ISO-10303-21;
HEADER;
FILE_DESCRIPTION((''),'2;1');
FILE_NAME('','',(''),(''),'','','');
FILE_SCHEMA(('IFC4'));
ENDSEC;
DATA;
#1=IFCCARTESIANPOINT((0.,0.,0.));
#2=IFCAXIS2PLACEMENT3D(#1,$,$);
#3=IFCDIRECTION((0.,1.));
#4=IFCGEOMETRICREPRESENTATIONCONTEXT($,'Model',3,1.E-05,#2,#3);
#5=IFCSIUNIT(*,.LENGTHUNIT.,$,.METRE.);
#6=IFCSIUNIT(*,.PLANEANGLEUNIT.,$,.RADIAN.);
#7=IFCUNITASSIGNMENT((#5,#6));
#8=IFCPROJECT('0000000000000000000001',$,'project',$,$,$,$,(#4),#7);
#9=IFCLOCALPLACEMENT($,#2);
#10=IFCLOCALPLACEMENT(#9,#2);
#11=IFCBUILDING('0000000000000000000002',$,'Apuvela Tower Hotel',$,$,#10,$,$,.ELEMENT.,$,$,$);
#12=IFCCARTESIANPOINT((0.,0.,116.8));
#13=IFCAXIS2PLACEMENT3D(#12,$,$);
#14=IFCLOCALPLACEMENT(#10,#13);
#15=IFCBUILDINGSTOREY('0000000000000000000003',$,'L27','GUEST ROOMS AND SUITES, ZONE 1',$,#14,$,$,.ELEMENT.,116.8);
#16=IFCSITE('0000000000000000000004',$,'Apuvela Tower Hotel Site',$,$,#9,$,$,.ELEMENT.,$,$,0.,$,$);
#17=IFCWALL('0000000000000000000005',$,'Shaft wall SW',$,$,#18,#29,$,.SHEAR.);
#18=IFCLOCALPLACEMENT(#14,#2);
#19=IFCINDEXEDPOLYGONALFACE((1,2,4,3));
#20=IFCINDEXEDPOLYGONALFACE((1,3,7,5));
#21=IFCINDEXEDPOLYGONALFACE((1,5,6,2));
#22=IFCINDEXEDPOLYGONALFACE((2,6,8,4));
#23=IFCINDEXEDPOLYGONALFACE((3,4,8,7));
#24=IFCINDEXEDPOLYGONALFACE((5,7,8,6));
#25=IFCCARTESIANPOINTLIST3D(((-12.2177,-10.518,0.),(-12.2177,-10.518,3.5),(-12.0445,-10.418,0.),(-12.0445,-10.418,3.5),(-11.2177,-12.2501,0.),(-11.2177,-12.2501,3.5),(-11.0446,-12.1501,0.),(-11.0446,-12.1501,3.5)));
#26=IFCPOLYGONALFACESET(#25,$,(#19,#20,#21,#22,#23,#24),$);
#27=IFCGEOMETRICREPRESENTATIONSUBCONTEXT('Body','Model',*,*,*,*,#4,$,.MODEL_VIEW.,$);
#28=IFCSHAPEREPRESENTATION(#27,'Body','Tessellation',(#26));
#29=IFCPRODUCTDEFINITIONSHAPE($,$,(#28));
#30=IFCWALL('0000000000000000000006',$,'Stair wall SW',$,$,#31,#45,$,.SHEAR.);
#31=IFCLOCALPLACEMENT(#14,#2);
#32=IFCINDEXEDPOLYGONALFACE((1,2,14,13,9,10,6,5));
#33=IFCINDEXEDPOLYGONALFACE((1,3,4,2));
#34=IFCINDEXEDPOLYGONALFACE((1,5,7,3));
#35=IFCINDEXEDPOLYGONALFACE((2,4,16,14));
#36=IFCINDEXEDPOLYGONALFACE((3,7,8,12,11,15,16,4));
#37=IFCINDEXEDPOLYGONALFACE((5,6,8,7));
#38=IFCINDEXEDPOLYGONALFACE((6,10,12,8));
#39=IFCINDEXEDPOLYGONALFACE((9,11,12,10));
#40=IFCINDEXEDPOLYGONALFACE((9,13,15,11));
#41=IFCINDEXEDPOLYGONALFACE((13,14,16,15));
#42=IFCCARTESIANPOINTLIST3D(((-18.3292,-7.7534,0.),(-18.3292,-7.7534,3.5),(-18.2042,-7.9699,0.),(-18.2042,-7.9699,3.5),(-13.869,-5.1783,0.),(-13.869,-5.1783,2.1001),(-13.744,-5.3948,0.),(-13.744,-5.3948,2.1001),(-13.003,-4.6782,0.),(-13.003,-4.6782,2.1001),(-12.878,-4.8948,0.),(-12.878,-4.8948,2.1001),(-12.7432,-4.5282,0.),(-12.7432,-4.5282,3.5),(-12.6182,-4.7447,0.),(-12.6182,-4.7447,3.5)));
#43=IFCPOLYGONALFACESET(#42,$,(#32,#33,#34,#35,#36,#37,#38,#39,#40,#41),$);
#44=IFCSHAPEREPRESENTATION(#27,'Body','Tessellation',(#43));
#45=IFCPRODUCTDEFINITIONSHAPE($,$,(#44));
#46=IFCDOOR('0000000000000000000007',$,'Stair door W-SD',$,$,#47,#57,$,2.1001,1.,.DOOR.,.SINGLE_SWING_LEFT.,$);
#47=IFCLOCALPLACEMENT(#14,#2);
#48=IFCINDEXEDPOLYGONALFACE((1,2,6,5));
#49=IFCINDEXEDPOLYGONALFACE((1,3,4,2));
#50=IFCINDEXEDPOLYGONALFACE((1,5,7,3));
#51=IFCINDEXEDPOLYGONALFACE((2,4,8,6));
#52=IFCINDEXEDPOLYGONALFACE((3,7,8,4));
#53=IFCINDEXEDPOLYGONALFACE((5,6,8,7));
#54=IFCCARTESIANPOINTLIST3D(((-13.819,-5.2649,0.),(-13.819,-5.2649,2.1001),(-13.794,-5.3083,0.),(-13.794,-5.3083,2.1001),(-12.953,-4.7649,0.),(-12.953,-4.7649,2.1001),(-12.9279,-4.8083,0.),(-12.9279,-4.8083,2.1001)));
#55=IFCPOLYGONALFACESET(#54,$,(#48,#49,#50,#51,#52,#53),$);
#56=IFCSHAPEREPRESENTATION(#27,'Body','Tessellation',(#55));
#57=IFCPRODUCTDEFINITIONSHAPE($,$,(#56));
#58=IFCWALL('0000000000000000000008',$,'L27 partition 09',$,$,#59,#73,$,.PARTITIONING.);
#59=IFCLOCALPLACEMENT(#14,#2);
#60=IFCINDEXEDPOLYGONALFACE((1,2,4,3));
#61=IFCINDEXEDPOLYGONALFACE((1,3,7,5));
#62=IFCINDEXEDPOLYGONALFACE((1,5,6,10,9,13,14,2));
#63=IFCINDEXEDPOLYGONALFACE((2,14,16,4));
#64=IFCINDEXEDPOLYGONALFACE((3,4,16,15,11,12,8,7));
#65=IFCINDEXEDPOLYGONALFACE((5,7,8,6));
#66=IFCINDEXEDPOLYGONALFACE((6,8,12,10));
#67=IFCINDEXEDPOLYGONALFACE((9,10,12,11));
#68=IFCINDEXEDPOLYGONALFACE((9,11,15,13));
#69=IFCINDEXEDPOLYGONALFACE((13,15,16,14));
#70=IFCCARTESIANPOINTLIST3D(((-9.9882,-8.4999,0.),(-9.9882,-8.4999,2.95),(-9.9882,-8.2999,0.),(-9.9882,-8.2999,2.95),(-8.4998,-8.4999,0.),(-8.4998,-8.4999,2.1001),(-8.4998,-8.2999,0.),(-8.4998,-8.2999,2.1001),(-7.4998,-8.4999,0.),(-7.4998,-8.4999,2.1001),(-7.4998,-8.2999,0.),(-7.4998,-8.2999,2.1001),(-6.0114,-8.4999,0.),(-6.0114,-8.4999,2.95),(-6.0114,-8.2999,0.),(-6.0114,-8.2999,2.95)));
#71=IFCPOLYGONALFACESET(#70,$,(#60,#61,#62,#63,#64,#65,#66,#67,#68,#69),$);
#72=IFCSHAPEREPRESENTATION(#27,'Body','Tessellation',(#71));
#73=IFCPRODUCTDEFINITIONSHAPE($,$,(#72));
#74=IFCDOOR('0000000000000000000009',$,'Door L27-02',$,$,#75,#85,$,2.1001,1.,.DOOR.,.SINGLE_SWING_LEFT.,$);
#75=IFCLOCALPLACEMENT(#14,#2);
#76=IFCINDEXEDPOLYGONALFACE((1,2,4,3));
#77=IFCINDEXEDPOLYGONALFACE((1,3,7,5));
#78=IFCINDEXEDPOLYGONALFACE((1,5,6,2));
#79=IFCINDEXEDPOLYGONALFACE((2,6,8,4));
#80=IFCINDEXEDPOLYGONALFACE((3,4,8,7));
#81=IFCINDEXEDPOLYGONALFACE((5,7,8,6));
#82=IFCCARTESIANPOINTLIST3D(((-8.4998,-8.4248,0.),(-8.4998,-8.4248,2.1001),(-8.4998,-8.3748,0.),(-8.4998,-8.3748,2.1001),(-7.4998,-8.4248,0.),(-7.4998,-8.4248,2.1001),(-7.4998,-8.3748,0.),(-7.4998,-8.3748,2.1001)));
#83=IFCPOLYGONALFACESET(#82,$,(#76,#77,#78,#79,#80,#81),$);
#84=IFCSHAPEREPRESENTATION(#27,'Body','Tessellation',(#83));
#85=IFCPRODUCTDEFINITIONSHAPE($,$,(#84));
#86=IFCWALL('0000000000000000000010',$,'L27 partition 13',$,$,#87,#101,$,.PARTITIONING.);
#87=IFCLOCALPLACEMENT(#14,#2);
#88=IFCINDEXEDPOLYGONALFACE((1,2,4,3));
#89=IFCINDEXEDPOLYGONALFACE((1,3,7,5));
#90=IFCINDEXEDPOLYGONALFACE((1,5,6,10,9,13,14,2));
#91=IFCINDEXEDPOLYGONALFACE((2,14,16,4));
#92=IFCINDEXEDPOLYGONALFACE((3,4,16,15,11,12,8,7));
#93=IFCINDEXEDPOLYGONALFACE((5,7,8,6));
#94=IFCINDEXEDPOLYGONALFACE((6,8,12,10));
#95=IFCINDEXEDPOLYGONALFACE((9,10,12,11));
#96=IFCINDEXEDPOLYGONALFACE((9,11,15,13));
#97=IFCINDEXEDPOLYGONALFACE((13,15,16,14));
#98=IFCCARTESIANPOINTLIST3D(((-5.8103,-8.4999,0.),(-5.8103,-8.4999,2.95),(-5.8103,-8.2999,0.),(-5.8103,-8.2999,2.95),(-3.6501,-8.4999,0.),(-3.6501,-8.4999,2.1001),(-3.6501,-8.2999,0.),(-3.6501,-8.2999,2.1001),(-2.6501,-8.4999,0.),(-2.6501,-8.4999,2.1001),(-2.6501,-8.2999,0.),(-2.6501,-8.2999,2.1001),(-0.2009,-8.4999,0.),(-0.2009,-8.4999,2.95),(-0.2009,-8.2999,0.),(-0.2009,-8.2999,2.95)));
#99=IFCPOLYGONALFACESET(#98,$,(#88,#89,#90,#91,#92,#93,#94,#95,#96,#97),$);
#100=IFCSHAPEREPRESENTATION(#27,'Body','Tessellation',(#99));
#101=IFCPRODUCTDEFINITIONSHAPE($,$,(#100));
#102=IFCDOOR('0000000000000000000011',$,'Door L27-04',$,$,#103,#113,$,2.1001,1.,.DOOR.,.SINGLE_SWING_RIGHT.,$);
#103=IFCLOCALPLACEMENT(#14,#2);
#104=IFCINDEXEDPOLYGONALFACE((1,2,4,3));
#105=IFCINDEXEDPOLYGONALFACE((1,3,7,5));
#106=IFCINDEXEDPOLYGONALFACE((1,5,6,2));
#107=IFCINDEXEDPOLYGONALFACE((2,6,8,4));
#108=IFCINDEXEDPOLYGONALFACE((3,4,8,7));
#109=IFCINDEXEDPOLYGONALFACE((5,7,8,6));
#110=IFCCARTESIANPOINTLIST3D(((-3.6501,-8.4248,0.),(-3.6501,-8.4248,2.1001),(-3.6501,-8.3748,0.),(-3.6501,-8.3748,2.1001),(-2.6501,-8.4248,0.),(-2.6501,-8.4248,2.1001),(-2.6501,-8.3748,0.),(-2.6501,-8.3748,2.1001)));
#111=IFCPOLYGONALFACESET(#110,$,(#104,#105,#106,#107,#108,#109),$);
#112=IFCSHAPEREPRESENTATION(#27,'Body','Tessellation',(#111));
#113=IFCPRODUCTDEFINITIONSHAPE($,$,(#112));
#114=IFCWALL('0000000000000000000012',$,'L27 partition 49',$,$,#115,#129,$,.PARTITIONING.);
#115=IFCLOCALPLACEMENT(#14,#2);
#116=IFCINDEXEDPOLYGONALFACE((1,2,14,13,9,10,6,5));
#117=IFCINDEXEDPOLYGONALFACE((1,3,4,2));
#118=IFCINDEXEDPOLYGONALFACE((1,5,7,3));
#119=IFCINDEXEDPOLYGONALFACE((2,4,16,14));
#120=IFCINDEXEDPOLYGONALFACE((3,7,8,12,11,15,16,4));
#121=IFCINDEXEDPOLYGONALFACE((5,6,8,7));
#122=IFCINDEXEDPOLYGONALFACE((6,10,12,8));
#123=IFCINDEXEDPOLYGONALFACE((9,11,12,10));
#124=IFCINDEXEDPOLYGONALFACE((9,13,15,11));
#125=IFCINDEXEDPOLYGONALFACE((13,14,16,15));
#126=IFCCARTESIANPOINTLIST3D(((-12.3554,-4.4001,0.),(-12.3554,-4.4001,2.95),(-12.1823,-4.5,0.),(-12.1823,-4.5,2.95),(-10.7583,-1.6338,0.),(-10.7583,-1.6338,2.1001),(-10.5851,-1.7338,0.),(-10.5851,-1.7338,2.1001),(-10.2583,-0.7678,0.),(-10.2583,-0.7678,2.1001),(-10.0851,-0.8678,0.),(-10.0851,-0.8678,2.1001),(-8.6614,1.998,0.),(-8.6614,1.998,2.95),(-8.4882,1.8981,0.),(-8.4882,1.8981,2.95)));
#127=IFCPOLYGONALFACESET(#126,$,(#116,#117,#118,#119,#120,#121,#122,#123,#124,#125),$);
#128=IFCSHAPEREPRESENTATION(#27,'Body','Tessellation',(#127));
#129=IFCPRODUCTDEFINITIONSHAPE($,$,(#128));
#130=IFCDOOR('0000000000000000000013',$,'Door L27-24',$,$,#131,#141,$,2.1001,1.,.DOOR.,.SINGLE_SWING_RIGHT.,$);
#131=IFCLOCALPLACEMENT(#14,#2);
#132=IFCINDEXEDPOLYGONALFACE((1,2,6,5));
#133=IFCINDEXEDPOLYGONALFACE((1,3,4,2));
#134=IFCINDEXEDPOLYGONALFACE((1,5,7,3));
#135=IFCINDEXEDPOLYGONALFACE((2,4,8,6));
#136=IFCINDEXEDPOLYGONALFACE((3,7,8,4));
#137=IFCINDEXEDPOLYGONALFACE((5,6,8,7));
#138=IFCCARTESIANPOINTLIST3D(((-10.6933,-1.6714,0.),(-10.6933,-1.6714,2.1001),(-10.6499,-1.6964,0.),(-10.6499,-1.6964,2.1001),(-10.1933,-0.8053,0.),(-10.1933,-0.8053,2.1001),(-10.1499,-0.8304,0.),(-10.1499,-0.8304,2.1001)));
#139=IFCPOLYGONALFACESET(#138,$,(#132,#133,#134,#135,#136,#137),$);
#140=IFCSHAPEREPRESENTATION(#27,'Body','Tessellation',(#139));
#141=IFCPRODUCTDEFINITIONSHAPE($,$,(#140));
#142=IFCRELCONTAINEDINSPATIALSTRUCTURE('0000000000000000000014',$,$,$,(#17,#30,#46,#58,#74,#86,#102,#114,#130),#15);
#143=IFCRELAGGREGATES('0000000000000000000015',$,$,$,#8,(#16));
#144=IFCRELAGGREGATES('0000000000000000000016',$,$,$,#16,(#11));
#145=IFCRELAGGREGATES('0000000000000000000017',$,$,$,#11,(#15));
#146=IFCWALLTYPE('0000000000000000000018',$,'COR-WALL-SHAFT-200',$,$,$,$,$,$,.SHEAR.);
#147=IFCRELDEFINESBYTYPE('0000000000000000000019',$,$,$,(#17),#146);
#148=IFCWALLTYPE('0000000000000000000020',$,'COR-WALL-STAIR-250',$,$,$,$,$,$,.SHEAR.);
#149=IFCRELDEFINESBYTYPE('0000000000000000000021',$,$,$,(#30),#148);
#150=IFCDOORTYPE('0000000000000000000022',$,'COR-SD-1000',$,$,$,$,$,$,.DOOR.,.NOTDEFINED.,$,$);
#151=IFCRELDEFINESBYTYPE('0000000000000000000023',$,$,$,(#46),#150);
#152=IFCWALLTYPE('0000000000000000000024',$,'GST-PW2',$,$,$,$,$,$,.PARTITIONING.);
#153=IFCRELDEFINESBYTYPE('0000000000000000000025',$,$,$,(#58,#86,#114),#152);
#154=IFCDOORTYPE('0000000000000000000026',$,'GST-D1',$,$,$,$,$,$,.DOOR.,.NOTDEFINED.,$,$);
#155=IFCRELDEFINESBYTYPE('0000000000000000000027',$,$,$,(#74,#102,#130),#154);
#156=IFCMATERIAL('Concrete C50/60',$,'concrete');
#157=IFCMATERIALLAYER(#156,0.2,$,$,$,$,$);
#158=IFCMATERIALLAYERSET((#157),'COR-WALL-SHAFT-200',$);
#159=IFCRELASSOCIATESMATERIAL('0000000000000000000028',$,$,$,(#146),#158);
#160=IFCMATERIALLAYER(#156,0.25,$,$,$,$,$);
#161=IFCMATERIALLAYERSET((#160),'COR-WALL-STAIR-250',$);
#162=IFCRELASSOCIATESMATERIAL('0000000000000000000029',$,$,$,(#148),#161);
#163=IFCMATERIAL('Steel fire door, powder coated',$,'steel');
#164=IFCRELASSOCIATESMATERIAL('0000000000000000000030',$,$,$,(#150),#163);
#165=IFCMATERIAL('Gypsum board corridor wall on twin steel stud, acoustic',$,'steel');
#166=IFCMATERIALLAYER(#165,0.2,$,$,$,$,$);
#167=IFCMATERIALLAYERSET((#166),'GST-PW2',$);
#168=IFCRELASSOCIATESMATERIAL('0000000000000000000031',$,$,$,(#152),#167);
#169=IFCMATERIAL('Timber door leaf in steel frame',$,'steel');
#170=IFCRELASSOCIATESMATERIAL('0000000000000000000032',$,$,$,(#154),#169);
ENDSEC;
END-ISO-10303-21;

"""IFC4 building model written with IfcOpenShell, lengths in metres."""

from ifc_helpers import new_model, si_unit, direction, frame, frame_2d, origin, place, context, subcontext, project, spatial, rectangle, extrude, material, layer, layer_set, type_object, element, fill, save


model = new_model("IFC4")

# Units and contexts
model_context = context("Model", 3, precision=1e-05, world=origin(), true_north=direction((0.0, 1.0)))
body_context = subcontext(model_context, "Body", "Model", "MODEL_VIEW")
ifc_project = project(units=[si_unit("LENGTHUNIT", "METRE"), si_unit("PLANEANGLEUNIT", "RADIAN")], contexts=[model_context])

# Site, building, storey
site_placement = place(None, origin())
site = spatial("IfcSite", under=ifc_project, at=site_placement, Name="Apuvela Tower Hotel Site", CompositionType="ELEMENT", RefElevation=0.0)
building_placement = place(site_placement, origin())
building = spatial("IfcBuilding", under=site, at=building_placement, Name="Apuvela Tower Hotel", CompositionType="ELEMENT")
storey_placement = place(building_placement, frame((0.0, 0.0, 116.8)))
storey = spatial("IfcBuildingStorey", under=building, at=storey_placement, Name="L27", Description="GUEST ROOMS AND SUITES, ZONE 1", CompositionType="ELEMENT", Elevation=116.8)

# Shared definitions
ifc_material_1 = material(Name="Concrete C50/60", Category="concrete")

# Shared definitions
ifc_layer_1 = layer(ifc_material_1, 0.2)
ifc_layer_set_1 = layer_set([ifc_layer_1], Name="COR-WALL-SHAFT-200")
wall_type_1 = type_object("IfcWallType", Name="COR-WALL-SHAFT-200", PredefinedType="SHEAR", material=ifc_layer_set_1)

# Shared definitions
ifc_material_2 = material(Name="Steel fire door, powder coated", Category="steel")

# Wall
wall_1_placement = place(storey_placement, frame((-12.1311, -10.468, 0.0), z_axis=(0.0, 0.0, 1.0), x_axis=(0.499973, -0.866041, 0.0)))
element("IfcWall", 1, at=wall_1_placement, inside=storey, type_object=wall_type_1, Name="Shaft wall SW", PredefinedType="SHEAR", context=body_context, shape_type="SweptSolid", body=[
    extrude(rectangle(XDim=2.0, YDim=0.2, at=frame_2d((1.0, 0.0))), origin(), (0.0, 0.0, 1.0), 3.5),
])

# Walls, openings, doors
ifc_layer_2 = layer(ifc_material_1, 0.25)
ifc_layer_set_2 = layer_set([ifc_layer_2], Name="COR-WALL-STAIR-250")
wall_type_2 = type_object("IfcWallType", Name="COR-WALL-STAIR-250", PredefinedType="SHEAR", material=ifc_layer_set_2)
wall_2_placement = place(storey_placement, frame((-12.6807, -4.6365, 0.0), z_axis=(0.0, 0.0, 1.0), x_axis=(-0.866022, -0.500006, 0.0)))
wall_2 = element("IfcWall", 2, at=wall_2_placement, inside=storey, type_object=wall_type_2, Name="Stair wall SW", PredefinedType="SHEAR", context=body_context, shape_type="SweptSolid", body=[
    extrude(rectangle(XDim=6.4502, YDim=0.25, at=frame_2d((3.2251, 0.0))), origin(), (0.0, 0.0, 1.0), 3.5),
])
opening_1_placement = place(wall_2_placement, frame((0.3, 0.0, 0.0)))
opening_1 = element("IfcOpeningElement", 3, at=opening_1_placement, cuts=wall_2, PredefinedType="OPENING", context=body_context, shape_type="SweptSolid", body=[
    extrude(rectangle(XDim=1.0, YDim=2.1001, at=frame_2d((0.5, 1.05))), frame((0.0, 0.135, 0.0), z_axis=(0.0, -1.0, 0.0), x_axis=(1.0, 0.0, 0.0)), (0.0, 0.0, 1.0), 0.27),
])
door_type_1 = type_object("IfcDoorType", Name="COR-SD-1000", OperationType="NOTDEFINED", PredefinedType="DOOR", material=ifc_material_2)
door_1_placement = place(opening_1_placement, frame((1.0, 0.0, 0.0), z_axis=(0.0, 0.0, 1.0), x_axis=(-1.0, 0.0, 0.0)))
door_1 = element("IfcDoor", 4, at=door_1_placement, inside=storey, type_object=door_type_1, Name="Stair door W-SD", OperationType="SINGLE_SWING_LEFT", OverallHeight=2.1001, OverallWidth=1.0, PredefinedType="DOOR", context=body_context, shape_type="SweptSolid", body=[
    extrude(rectangle(XDim=1.0, YDim=2.1001, at=frame_2d((0.5, 1.05))), frame((0.0, 0.0249, 0.0), z_axis=(0.0, -1.0, 0.0), x_axis=(1.0, 0.0, 0.0)), (0.0, 0.0, 1.0), 0.05),
])
fill(opening_1, door_1)
ifc_material_3 = material(Name="Gypsum board corridor wall on twin steel stud, acoustic", Category="steel")
ifc_layer_3 = layer(ifc_material_3, 0.2)
ifc_layer_set_3 = layer_set([ifc_layer_3], Name="GST-PW2")
wall_type_3 = type_object("IfcWallType", Name="GST-PW2", PredefinedType="PARTITIONING", material=ifc_layer_set_3)
wall_3_placement = place(storey_placement, frame((-6.0115, -8.3999, 0.0), z_axis=(0.0, 0.0, 1.0), x_axis=(-1.0, 0.0, 0.0)))
wall_3 = element("IfcWall", 5, at=wall_3_placement, inside=storey, type_object=wall_type_3, Name="L27 partition 09", PredefinedType="PARTITIONING", context=body_context, shape_type="SweptSolid", body=[
    extrude(rectangle(XDim=3.9768, YDim=0.2, at=frame_2d((1.9883, 0.0))), origin(), (0.0, 0.0, 1.0), 2.95),
])
opening_2_placement = place(wall_3_placement, frame((1.4883, 0.0, 0.0)))
opening_2 = element("IfcOpeningElement", 6, at=opening_2_placement, cuts=wall_3, PredefinedType="OPENING", context=body_context, shape_type="SweptSolid", body=[
    extrude(rectangle(XDim=1.0, YDim=2.1001, at=frame_2d((0.5, 1.05))), frame((0.0, 0.1099, 0.0), z_axis=(0.0, -1.0, 0.0), x_axis=(1.0, 0.0, 0.0)), (0.0, 0.0, 1.0), 0.22),
])
ifc_material_4 = material(Name="Timber door leaf in steel frame", Category="steel")
door_type_2 = type_object("IfcDoorType", Name="GST-D1", OperationType="NOTDEFINED", PredefinedType="DOOR", material=ifc_material_4)
door_2_placement = place(opening_2_placement, origin())
door_2 = element("IfcDoor", 7, at=door_2_placement, inside=storey, type_object=door_type_2, Name="Door L27-02", OperationType="SINGLE_SWING_LEFT", OverallHeight=2.1001, OverallWidth=1.0, PredefinedType="DOOR", context=body_context, shape_type="SweptSolid", body=[
    extrude(rectangle(XDim=1.0, YDim=2.1001, at=frame_2d((0.5, 1.05))), frame((0.0, 0.0249, 0.0), z_axis=(0.0, -1.0, 0.0), x_axis=(1.0, 0.0, 0.0)), (0.0, 0.0, 1.0), 0.05),
])
fill(opening_2, door_2)
wall_4_placement = place(storey_placement, frame((-0.2009, -8.3999, 0.0), z_axis=(0.0, 0.0, 1.0), x_axis=(-1.0, 0.0, 0.0)))
wall_4 = element("IfcWall", 8, at=wall_4_placement, inside=storey, type_object=wall_type_3, Name="L27 partition 13", PredefinedType="PARTITIONING", context=body_context, shape_type="SweptSolid", body=[
    extrude(rectangle(XDim=5.6094, YDim=0.2, at=frame_2d((2.8047, 0.0))), origin(), (0.0, 0.0, 1.0), 2.95),
])
opening_3_placement = place(wall_4_placement, frame((2.4492, 0.0, 0.0)))
opening_3 = element("IfcOpeningElement", 9, at=opening_3_placement, cuts=wall_4, PredefinedType="OPENING", context=body_context, shape_type="SweptSolid", body=[
    extrude(rectangle(XDim=1.0, YDim=2.1001, at=frame_2d((0.5, 1.05))), frame((0.0, 0.1099, 0.0), z_axis=(0.0, -1.0, 0.0), x_axis=(1.0, 0.0, 0.0)), (0.0, 0.0, 1.0), 0.22),
])
door_3_placement = place(opening_3_placement, origin())
door_3 = element("IfcDoor", 10, at=door_3_placement, inside=storey, type_object=door_type_2, Name="Door L27-04", OperationType="SINGLE_SWING_RIGHT", OverallHeight=2.1001, OverallWidth=1.0, PredefinedType="DOOR", context=body_context, shape_type="SweptSolid", body=[
    extrude(rectangle(XDim=1.0, YDim=2.1001, at=frame_2d((0.5, 1.05))), frame((0.0, 0.0249, 0.0), z_axis=(0.0, -1.0, 0.0), x_axis=(1.0, 0.0, 0.0)), (0.0, 0.0, 1.0), 0.05),
])
fill(opening_3, door_3)
wall_5_placement = place(storey_placement, frame((-12.2688, -4.45, 0.0), z_axis=(0.0, 0.0, 1.0), x_axis=(0.500009, 0.86602, 0.0)))
wall_5 = element("IfcWall", 11, at=wall_5_placement, inside=storey, type_object=wall_type_3, Name="L27 partition 49", PredefinedType="PARTITIONING", context=body_context, shape_type="SweptSolid", body=[
    extrude(rectangle(XDim=7.3879, YDim=0.2, at=frame_2d((3.6938, 0.0))), origin(), (0.0, 0.0, 1.0), 2.95),
])
opening_4_placement = place(wall_5_placement, frame((3.1941, 0.0, 0.0)))
opening_4 = element("IfcOpeningElement", 12, at=opening_4_placement, cuts=wall_5, PredefinedType="OPENING", context=body_context, shape_type="SweptSolid", body=[
    extrude(rectangle(XDim=1.0, YDim=2.1001, at=frame_2d((0.5, 1.05))), frame((0.0, 0.1099, 0.0), z_axis=(0.0, -1.0, 0.0), x_axis=(1.0, 0.0, 0.0)), (0.0, 0.0, 1.0), 0.22),
])
door_4_placement = place(opening_4_placement, origin())
door_4 = element("IfcDoor", 13, at=door_4_placement, inside=storey, type_object=door_type_2, Name="Door L27-24", OperationType="SINGLE_SWING_RIGHT", OverallHeight=2.1001, OverallWidth=1.0, PredefinedType="DOOR", context=body_context, shape_type="SweptSolid", body=[
    extrude(rectangle(XDim=1.0, YDim=2.1001, at=frame_2d((0.5, 1.05))), frame((0.0, 0.0249, 0.0), z_axis=(0.0, -1.0, 0.0), x_axis=(1.0, 0.0, 0.0)), (0.0, 0.0, 1.0), 0.05),
])
fill(opening_4, door_4)

save(model, "model.ifc")
